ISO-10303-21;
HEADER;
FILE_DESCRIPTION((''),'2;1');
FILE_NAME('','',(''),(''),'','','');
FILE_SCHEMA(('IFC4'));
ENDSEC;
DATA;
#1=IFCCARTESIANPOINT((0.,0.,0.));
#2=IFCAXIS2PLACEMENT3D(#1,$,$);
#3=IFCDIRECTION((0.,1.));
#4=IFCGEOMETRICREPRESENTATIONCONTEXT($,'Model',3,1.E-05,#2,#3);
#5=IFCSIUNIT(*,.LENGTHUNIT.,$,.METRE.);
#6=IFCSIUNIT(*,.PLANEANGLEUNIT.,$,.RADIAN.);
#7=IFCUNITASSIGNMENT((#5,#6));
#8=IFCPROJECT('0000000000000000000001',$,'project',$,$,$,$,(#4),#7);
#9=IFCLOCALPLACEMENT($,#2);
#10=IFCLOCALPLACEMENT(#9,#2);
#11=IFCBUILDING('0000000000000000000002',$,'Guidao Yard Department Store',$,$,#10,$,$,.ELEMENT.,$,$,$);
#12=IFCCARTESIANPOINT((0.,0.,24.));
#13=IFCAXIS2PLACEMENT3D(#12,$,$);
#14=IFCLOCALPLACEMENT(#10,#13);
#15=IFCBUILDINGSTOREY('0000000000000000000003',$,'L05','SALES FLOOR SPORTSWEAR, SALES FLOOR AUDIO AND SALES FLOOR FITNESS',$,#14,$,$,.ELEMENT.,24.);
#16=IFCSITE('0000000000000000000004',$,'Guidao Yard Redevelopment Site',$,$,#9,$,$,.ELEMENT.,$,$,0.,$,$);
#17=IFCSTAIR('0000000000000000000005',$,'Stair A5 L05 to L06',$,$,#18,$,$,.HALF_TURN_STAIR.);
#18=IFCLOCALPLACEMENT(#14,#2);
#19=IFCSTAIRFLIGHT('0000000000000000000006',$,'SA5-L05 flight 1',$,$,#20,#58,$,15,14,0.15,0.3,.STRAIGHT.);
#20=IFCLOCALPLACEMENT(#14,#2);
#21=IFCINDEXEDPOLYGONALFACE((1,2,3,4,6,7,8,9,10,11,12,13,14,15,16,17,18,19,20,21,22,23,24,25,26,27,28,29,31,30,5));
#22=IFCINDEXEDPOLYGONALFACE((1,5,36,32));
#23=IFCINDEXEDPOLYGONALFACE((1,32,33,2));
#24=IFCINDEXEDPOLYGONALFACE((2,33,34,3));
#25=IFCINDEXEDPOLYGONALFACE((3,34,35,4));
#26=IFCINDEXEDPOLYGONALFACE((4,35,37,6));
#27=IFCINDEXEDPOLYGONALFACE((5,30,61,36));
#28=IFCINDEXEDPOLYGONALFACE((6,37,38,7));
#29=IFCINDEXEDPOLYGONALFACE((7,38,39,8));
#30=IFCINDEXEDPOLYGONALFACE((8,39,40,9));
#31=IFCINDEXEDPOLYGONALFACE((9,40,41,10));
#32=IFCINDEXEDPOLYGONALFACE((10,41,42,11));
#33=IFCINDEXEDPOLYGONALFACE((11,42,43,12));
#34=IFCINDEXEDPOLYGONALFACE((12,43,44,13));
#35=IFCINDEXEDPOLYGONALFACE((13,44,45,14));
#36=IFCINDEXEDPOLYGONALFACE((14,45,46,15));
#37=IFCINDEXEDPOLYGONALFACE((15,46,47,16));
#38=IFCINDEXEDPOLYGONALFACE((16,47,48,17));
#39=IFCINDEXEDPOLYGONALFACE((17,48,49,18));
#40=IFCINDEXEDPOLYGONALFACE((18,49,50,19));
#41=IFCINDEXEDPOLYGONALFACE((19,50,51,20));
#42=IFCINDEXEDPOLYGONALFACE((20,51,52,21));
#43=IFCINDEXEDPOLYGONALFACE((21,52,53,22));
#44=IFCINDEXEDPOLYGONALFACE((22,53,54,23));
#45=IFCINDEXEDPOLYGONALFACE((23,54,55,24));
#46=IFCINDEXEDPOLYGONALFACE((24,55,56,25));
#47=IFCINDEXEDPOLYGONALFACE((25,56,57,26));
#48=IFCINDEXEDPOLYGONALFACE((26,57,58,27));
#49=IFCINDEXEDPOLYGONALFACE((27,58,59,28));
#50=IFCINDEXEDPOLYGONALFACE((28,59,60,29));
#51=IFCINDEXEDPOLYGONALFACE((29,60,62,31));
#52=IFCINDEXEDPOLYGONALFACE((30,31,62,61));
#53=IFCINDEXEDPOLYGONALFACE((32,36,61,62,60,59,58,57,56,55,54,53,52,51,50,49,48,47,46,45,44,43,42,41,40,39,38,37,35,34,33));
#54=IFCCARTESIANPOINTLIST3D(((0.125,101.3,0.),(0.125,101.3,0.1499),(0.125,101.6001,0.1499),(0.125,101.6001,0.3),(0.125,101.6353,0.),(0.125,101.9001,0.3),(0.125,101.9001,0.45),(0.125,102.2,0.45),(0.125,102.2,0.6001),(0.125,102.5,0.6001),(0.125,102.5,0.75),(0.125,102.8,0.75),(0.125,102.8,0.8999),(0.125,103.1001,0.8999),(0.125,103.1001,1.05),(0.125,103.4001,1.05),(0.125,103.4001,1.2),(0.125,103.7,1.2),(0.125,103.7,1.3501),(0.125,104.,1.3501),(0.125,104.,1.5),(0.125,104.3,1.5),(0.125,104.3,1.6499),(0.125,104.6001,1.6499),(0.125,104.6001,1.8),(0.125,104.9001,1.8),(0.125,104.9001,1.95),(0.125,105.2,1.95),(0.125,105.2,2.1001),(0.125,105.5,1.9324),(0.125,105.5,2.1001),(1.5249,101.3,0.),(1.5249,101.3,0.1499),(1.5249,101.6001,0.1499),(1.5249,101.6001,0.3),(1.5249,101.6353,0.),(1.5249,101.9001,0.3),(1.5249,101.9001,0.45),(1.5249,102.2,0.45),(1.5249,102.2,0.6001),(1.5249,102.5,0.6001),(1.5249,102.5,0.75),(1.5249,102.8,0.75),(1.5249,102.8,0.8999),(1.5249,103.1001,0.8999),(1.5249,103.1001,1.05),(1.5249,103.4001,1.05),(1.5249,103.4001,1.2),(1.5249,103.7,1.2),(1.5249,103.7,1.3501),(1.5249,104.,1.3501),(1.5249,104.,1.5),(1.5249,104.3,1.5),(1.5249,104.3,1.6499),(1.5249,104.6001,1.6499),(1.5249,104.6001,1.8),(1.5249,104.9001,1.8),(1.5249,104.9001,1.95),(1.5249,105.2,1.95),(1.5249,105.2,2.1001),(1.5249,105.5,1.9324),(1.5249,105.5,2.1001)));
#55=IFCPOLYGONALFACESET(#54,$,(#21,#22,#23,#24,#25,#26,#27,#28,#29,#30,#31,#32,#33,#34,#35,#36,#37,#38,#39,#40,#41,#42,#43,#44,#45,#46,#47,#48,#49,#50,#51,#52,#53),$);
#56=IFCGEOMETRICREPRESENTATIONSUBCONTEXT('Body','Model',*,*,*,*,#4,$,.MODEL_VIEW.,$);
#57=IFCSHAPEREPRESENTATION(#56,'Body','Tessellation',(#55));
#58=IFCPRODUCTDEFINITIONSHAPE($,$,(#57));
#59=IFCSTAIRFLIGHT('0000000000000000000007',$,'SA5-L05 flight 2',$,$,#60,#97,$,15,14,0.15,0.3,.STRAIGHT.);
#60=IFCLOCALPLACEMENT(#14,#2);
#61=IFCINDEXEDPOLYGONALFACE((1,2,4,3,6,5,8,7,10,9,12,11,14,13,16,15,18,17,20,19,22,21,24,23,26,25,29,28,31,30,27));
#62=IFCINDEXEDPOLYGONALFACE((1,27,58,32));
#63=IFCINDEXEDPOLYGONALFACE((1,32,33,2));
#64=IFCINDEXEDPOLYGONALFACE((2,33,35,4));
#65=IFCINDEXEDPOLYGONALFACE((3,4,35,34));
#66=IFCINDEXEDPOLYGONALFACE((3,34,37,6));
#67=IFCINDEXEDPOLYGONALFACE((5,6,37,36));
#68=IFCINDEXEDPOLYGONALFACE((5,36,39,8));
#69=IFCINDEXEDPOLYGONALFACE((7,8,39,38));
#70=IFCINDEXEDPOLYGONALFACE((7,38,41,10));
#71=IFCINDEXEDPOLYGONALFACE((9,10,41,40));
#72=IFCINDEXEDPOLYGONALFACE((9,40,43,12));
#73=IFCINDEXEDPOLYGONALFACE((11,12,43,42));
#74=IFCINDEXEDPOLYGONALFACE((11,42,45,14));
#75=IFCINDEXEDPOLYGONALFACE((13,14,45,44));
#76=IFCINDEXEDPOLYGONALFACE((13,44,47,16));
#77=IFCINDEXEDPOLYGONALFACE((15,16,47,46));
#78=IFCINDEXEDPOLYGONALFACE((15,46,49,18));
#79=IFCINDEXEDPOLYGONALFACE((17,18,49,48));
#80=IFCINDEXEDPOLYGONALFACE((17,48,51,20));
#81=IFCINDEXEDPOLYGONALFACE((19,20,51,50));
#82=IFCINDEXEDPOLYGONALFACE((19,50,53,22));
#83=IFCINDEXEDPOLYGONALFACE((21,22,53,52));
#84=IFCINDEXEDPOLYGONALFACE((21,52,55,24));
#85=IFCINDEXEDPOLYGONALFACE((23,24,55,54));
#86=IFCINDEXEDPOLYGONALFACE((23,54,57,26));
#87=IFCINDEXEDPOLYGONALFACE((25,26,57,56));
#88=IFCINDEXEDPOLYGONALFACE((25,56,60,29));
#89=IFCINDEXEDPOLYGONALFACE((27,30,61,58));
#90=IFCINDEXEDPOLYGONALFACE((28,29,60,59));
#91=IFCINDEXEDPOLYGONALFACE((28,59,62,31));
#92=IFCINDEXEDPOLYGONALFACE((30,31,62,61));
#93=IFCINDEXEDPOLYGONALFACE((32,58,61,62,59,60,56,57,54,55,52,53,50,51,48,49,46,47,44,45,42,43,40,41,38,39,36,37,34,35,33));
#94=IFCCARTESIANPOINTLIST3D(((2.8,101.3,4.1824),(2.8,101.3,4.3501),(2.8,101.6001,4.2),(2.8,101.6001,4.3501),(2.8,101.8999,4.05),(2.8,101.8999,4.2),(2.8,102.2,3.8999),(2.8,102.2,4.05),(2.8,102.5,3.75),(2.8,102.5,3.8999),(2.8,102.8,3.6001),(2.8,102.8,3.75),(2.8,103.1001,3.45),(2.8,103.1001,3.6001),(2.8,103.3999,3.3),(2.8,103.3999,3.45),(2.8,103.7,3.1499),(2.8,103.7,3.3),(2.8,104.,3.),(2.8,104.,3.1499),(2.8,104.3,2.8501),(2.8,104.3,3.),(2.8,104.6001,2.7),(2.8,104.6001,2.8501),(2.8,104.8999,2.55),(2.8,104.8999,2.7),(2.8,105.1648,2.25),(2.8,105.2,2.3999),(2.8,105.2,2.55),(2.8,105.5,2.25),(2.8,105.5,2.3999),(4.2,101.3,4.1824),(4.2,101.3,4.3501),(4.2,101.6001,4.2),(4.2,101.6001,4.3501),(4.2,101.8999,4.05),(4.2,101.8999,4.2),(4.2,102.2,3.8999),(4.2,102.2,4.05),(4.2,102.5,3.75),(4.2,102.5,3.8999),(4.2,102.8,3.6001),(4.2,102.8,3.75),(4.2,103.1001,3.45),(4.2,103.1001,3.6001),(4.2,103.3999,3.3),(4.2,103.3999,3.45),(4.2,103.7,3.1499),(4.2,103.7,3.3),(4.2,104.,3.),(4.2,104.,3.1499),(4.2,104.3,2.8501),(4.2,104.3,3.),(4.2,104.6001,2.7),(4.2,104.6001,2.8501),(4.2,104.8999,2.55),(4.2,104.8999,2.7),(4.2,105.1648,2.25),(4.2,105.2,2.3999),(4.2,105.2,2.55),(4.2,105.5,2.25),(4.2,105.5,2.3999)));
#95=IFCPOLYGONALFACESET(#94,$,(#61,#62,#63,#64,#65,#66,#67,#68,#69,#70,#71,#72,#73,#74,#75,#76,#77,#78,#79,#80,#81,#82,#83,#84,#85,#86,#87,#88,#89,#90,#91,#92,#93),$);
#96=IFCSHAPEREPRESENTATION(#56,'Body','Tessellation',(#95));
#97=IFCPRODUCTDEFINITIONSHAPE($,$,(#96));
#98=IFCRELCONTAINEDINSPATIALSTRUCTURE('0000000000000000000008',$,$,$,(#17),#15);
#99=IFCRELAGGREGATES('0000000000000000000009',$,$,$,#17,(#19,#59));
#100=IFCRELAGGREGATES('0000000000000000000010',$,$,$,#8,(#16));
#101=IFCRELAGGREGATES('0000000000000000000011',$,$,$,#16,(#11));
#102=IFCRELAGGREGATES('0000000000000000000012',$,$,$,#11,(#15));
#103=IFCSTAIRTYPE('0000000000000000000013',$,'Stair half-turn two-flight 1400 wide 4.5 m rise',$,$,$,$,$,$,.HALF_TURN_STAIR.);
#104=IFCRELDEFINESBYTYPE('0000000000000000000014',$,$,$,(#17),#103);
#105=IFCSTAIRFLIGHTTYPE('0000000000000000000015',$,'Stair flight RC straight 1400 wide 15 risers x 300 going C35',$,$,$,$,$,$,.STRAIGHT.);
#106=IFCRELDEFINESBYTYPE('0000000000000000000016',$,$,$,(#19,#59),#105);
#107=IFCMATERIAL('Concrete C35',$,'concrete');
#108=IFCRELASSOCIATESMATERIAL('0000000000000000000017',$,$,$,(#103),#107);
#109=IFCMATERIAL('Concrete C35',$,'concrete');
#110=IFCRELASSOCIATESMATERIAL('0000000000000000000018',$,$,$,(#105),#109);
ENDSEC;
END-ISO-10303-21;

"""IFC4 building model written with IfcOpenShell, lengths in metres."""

from ifc_helpers import new_model, si_unit, direction, frame, origin, place, context, subcontext, project, spatial, polyline, outline, extrude, material, type_object, element, aggregate, save


model = new_model("IFC4")

# Units and contexts
model_context = context("Model", 3, precision=1e-05, world=origin(), true_north=direction((0.0, 1.0)))
body_context = subcontext(model_context, "Body", "Model", "MODEL_VIEW")
ifc_project = project(units=[si_unit("LENGTHUNIT", "METRE"), si_unit("PLANEANGLEUNIT", "RADIAN")], contexts=[model_context])

# Site, building, storey
site_placement = place(None, origin())
site = spatial("IfcSite", under=ifc_project, at=site_placement, Name="Guidao Yard Redevelopment Site", CompositionType="ELEMENT", RefElevation=0.0)
building_placement = place(site_placement, origin())
building = spatial("IfcBuilding", under=site, at=building_placement, Name="Guidao Yard Department Store", CompositionType="ELEMENT")
storey_placement = place(building_placement, frame((0.0, 0.0, 24.0)))
storey = spatial("IfcBuildingStorey", under=building, at=storey_placement, Name="L05", Description="SALES FLOOR SPORTSWEAR, SALES FLOOR AUDIO AND SALES FLOOR FITNESS", CompositionType="ELEMENT", Elevation=24.0)

# Stair, stair flights
ifc_material_1 = material(Name="Concrete C35", Category="concrete")
stair_type = type_object("IfcStairType", Name="Stair half-turn two-flight 1400 wide 4.5 m rise", PredefinedType="HALF_TURN_STAIR", material=ifc_material_1)
stair_placement = place(storey_placement, origin())
stair = element("IfcStair", 1, at=stair_placement, inside=storey, type_object=stair_type, Name="Stair A5 L05 to L06", PredefinedType="HALF_TURN_STAIR")
ifc_material_2 = material(Name="Concrete C35", Category="concrete")
stair_flight_type = type_object("IfcStairFlightType", Name="Stair flight RC straight 1400 wide 15 risers x 300 going C35", PredefinedType="STRAIGHT", material=ifc_material_2)
stair_flight_1_placement = place(storey_placement, frame((0.825, 101.3, 0.0), z_axis=(0.0, 0.0, 1.0), x_axis=(0.0, 1.0, 0.0)))
stair_flight_1 = element("IfcStairFlight", 2, at=stair_flight_1_placement, type_object=stair_flight_type, Name="SA5-L05 flight 1", NumberOfRisers=15, NumberOfTreads=14, PredefinedType="STRAIGHT", RiserHeight=0.15, TreadLength=0.3, context=body_context, shape_type="SweptSolid", body=[
    extrude(outline(polyline([(0.0, 0.0), (0.0, 0.1499), (0.3, 0.1499), (0.3, 0.3), (0.6001, 0.3), (0.6001, 0.45), (0.8999, 0.45), (0.8999, 0.6001), (1.2, 0.6001), (1.2, 0.75), (1.5, 0.75), (1.5, 0.8999), (1.8, 0.8999), (1.8, 1.05), (2.1001, 1.05), (2.1001, 1.2), (2.3999, 1.2), (2.3999, 1.3501), (2.7, 1.3501), (2.7, 1.5), (3.0, 1.5), (3.0, 1.6499), (3.3, 1.6499), (3.3, 1.8), (3.6001, 1.8), (3.6001, 1.95), (3.8999, 1.95), (3.8999, 2.1001), (4.2, 2.1001), (4.2, 2.25), (4.2, 1.9324), (0.3352, 0.0), (0.0, 0.0)])), frame((0.0, 0.7, 0.0), z_axis=(0.0, -1.0, 0.0), x_axis=(1.0, 0.0, 0.0)), (0.0, 0.0, 1.0), 1.3999),
])
stair_flight_2_placement = place(storey_placement, frame((3.5, 105.5, 2.25), z_axis=(0.0, 0.0, 1.0), x_axis=(0.0, -1.0, 0.0)))
stair_flight_2 = element("IfcStairFlight", 3, at=stair_flight_2_placement, type_object=stair_flight_type, Name="SA5-L05 flight 2", NumberOfRisers=15, NumberOfTreads=14, PredefinedType="STRAIGHT", RiserHeight=0.15, TreadLength=0.3, context=body_context, shape_type="SweptSolid", body=[
    extrude(outline(polyline([(0.0, 0.0), (0.0, 0.1499), (0.3, 0.1499), (0.3, 0.3), (0.6001, 0.3), (0.6001, 0.45), (0.8999, 0.45), (0.8999, 0.6001), (1.2, 0.6001), (1.2, 0.75), (1.5, 0.75), (1.5, 0.8999), (1.8, 0.8999), (1.8, 1.05), (2.1001, 1.05), (2.1001, 1.2), (2.3999, 1.2), (2.3999, 1.3501), (2.7, 1.3501), (2.7, 1.5), (3.0, 1.5), (3.0, 1.6499), (3.3, 1.6499), (3.3, 1.8), (3.6001, 1.8), (3.6001, 1.95), (3.8999, 1.95), (3.8999, 2.1001), (4.2, 2.1001), (4.2, 2.25), (4.2, 1.9324), (0.3352, 0.0), (0.0, 0.0)])), frame((0.0, 0.7, 0.0), z_axis=(0.0, -1.0, 0.0), x_axis=(1.0, 0.0, 0.0)), (0.0, 0.0, 1.0), 1.3999),
])
aggregate(stair, [stair_flight_1, stair_flight_2])

save(model, "model.ifc")
